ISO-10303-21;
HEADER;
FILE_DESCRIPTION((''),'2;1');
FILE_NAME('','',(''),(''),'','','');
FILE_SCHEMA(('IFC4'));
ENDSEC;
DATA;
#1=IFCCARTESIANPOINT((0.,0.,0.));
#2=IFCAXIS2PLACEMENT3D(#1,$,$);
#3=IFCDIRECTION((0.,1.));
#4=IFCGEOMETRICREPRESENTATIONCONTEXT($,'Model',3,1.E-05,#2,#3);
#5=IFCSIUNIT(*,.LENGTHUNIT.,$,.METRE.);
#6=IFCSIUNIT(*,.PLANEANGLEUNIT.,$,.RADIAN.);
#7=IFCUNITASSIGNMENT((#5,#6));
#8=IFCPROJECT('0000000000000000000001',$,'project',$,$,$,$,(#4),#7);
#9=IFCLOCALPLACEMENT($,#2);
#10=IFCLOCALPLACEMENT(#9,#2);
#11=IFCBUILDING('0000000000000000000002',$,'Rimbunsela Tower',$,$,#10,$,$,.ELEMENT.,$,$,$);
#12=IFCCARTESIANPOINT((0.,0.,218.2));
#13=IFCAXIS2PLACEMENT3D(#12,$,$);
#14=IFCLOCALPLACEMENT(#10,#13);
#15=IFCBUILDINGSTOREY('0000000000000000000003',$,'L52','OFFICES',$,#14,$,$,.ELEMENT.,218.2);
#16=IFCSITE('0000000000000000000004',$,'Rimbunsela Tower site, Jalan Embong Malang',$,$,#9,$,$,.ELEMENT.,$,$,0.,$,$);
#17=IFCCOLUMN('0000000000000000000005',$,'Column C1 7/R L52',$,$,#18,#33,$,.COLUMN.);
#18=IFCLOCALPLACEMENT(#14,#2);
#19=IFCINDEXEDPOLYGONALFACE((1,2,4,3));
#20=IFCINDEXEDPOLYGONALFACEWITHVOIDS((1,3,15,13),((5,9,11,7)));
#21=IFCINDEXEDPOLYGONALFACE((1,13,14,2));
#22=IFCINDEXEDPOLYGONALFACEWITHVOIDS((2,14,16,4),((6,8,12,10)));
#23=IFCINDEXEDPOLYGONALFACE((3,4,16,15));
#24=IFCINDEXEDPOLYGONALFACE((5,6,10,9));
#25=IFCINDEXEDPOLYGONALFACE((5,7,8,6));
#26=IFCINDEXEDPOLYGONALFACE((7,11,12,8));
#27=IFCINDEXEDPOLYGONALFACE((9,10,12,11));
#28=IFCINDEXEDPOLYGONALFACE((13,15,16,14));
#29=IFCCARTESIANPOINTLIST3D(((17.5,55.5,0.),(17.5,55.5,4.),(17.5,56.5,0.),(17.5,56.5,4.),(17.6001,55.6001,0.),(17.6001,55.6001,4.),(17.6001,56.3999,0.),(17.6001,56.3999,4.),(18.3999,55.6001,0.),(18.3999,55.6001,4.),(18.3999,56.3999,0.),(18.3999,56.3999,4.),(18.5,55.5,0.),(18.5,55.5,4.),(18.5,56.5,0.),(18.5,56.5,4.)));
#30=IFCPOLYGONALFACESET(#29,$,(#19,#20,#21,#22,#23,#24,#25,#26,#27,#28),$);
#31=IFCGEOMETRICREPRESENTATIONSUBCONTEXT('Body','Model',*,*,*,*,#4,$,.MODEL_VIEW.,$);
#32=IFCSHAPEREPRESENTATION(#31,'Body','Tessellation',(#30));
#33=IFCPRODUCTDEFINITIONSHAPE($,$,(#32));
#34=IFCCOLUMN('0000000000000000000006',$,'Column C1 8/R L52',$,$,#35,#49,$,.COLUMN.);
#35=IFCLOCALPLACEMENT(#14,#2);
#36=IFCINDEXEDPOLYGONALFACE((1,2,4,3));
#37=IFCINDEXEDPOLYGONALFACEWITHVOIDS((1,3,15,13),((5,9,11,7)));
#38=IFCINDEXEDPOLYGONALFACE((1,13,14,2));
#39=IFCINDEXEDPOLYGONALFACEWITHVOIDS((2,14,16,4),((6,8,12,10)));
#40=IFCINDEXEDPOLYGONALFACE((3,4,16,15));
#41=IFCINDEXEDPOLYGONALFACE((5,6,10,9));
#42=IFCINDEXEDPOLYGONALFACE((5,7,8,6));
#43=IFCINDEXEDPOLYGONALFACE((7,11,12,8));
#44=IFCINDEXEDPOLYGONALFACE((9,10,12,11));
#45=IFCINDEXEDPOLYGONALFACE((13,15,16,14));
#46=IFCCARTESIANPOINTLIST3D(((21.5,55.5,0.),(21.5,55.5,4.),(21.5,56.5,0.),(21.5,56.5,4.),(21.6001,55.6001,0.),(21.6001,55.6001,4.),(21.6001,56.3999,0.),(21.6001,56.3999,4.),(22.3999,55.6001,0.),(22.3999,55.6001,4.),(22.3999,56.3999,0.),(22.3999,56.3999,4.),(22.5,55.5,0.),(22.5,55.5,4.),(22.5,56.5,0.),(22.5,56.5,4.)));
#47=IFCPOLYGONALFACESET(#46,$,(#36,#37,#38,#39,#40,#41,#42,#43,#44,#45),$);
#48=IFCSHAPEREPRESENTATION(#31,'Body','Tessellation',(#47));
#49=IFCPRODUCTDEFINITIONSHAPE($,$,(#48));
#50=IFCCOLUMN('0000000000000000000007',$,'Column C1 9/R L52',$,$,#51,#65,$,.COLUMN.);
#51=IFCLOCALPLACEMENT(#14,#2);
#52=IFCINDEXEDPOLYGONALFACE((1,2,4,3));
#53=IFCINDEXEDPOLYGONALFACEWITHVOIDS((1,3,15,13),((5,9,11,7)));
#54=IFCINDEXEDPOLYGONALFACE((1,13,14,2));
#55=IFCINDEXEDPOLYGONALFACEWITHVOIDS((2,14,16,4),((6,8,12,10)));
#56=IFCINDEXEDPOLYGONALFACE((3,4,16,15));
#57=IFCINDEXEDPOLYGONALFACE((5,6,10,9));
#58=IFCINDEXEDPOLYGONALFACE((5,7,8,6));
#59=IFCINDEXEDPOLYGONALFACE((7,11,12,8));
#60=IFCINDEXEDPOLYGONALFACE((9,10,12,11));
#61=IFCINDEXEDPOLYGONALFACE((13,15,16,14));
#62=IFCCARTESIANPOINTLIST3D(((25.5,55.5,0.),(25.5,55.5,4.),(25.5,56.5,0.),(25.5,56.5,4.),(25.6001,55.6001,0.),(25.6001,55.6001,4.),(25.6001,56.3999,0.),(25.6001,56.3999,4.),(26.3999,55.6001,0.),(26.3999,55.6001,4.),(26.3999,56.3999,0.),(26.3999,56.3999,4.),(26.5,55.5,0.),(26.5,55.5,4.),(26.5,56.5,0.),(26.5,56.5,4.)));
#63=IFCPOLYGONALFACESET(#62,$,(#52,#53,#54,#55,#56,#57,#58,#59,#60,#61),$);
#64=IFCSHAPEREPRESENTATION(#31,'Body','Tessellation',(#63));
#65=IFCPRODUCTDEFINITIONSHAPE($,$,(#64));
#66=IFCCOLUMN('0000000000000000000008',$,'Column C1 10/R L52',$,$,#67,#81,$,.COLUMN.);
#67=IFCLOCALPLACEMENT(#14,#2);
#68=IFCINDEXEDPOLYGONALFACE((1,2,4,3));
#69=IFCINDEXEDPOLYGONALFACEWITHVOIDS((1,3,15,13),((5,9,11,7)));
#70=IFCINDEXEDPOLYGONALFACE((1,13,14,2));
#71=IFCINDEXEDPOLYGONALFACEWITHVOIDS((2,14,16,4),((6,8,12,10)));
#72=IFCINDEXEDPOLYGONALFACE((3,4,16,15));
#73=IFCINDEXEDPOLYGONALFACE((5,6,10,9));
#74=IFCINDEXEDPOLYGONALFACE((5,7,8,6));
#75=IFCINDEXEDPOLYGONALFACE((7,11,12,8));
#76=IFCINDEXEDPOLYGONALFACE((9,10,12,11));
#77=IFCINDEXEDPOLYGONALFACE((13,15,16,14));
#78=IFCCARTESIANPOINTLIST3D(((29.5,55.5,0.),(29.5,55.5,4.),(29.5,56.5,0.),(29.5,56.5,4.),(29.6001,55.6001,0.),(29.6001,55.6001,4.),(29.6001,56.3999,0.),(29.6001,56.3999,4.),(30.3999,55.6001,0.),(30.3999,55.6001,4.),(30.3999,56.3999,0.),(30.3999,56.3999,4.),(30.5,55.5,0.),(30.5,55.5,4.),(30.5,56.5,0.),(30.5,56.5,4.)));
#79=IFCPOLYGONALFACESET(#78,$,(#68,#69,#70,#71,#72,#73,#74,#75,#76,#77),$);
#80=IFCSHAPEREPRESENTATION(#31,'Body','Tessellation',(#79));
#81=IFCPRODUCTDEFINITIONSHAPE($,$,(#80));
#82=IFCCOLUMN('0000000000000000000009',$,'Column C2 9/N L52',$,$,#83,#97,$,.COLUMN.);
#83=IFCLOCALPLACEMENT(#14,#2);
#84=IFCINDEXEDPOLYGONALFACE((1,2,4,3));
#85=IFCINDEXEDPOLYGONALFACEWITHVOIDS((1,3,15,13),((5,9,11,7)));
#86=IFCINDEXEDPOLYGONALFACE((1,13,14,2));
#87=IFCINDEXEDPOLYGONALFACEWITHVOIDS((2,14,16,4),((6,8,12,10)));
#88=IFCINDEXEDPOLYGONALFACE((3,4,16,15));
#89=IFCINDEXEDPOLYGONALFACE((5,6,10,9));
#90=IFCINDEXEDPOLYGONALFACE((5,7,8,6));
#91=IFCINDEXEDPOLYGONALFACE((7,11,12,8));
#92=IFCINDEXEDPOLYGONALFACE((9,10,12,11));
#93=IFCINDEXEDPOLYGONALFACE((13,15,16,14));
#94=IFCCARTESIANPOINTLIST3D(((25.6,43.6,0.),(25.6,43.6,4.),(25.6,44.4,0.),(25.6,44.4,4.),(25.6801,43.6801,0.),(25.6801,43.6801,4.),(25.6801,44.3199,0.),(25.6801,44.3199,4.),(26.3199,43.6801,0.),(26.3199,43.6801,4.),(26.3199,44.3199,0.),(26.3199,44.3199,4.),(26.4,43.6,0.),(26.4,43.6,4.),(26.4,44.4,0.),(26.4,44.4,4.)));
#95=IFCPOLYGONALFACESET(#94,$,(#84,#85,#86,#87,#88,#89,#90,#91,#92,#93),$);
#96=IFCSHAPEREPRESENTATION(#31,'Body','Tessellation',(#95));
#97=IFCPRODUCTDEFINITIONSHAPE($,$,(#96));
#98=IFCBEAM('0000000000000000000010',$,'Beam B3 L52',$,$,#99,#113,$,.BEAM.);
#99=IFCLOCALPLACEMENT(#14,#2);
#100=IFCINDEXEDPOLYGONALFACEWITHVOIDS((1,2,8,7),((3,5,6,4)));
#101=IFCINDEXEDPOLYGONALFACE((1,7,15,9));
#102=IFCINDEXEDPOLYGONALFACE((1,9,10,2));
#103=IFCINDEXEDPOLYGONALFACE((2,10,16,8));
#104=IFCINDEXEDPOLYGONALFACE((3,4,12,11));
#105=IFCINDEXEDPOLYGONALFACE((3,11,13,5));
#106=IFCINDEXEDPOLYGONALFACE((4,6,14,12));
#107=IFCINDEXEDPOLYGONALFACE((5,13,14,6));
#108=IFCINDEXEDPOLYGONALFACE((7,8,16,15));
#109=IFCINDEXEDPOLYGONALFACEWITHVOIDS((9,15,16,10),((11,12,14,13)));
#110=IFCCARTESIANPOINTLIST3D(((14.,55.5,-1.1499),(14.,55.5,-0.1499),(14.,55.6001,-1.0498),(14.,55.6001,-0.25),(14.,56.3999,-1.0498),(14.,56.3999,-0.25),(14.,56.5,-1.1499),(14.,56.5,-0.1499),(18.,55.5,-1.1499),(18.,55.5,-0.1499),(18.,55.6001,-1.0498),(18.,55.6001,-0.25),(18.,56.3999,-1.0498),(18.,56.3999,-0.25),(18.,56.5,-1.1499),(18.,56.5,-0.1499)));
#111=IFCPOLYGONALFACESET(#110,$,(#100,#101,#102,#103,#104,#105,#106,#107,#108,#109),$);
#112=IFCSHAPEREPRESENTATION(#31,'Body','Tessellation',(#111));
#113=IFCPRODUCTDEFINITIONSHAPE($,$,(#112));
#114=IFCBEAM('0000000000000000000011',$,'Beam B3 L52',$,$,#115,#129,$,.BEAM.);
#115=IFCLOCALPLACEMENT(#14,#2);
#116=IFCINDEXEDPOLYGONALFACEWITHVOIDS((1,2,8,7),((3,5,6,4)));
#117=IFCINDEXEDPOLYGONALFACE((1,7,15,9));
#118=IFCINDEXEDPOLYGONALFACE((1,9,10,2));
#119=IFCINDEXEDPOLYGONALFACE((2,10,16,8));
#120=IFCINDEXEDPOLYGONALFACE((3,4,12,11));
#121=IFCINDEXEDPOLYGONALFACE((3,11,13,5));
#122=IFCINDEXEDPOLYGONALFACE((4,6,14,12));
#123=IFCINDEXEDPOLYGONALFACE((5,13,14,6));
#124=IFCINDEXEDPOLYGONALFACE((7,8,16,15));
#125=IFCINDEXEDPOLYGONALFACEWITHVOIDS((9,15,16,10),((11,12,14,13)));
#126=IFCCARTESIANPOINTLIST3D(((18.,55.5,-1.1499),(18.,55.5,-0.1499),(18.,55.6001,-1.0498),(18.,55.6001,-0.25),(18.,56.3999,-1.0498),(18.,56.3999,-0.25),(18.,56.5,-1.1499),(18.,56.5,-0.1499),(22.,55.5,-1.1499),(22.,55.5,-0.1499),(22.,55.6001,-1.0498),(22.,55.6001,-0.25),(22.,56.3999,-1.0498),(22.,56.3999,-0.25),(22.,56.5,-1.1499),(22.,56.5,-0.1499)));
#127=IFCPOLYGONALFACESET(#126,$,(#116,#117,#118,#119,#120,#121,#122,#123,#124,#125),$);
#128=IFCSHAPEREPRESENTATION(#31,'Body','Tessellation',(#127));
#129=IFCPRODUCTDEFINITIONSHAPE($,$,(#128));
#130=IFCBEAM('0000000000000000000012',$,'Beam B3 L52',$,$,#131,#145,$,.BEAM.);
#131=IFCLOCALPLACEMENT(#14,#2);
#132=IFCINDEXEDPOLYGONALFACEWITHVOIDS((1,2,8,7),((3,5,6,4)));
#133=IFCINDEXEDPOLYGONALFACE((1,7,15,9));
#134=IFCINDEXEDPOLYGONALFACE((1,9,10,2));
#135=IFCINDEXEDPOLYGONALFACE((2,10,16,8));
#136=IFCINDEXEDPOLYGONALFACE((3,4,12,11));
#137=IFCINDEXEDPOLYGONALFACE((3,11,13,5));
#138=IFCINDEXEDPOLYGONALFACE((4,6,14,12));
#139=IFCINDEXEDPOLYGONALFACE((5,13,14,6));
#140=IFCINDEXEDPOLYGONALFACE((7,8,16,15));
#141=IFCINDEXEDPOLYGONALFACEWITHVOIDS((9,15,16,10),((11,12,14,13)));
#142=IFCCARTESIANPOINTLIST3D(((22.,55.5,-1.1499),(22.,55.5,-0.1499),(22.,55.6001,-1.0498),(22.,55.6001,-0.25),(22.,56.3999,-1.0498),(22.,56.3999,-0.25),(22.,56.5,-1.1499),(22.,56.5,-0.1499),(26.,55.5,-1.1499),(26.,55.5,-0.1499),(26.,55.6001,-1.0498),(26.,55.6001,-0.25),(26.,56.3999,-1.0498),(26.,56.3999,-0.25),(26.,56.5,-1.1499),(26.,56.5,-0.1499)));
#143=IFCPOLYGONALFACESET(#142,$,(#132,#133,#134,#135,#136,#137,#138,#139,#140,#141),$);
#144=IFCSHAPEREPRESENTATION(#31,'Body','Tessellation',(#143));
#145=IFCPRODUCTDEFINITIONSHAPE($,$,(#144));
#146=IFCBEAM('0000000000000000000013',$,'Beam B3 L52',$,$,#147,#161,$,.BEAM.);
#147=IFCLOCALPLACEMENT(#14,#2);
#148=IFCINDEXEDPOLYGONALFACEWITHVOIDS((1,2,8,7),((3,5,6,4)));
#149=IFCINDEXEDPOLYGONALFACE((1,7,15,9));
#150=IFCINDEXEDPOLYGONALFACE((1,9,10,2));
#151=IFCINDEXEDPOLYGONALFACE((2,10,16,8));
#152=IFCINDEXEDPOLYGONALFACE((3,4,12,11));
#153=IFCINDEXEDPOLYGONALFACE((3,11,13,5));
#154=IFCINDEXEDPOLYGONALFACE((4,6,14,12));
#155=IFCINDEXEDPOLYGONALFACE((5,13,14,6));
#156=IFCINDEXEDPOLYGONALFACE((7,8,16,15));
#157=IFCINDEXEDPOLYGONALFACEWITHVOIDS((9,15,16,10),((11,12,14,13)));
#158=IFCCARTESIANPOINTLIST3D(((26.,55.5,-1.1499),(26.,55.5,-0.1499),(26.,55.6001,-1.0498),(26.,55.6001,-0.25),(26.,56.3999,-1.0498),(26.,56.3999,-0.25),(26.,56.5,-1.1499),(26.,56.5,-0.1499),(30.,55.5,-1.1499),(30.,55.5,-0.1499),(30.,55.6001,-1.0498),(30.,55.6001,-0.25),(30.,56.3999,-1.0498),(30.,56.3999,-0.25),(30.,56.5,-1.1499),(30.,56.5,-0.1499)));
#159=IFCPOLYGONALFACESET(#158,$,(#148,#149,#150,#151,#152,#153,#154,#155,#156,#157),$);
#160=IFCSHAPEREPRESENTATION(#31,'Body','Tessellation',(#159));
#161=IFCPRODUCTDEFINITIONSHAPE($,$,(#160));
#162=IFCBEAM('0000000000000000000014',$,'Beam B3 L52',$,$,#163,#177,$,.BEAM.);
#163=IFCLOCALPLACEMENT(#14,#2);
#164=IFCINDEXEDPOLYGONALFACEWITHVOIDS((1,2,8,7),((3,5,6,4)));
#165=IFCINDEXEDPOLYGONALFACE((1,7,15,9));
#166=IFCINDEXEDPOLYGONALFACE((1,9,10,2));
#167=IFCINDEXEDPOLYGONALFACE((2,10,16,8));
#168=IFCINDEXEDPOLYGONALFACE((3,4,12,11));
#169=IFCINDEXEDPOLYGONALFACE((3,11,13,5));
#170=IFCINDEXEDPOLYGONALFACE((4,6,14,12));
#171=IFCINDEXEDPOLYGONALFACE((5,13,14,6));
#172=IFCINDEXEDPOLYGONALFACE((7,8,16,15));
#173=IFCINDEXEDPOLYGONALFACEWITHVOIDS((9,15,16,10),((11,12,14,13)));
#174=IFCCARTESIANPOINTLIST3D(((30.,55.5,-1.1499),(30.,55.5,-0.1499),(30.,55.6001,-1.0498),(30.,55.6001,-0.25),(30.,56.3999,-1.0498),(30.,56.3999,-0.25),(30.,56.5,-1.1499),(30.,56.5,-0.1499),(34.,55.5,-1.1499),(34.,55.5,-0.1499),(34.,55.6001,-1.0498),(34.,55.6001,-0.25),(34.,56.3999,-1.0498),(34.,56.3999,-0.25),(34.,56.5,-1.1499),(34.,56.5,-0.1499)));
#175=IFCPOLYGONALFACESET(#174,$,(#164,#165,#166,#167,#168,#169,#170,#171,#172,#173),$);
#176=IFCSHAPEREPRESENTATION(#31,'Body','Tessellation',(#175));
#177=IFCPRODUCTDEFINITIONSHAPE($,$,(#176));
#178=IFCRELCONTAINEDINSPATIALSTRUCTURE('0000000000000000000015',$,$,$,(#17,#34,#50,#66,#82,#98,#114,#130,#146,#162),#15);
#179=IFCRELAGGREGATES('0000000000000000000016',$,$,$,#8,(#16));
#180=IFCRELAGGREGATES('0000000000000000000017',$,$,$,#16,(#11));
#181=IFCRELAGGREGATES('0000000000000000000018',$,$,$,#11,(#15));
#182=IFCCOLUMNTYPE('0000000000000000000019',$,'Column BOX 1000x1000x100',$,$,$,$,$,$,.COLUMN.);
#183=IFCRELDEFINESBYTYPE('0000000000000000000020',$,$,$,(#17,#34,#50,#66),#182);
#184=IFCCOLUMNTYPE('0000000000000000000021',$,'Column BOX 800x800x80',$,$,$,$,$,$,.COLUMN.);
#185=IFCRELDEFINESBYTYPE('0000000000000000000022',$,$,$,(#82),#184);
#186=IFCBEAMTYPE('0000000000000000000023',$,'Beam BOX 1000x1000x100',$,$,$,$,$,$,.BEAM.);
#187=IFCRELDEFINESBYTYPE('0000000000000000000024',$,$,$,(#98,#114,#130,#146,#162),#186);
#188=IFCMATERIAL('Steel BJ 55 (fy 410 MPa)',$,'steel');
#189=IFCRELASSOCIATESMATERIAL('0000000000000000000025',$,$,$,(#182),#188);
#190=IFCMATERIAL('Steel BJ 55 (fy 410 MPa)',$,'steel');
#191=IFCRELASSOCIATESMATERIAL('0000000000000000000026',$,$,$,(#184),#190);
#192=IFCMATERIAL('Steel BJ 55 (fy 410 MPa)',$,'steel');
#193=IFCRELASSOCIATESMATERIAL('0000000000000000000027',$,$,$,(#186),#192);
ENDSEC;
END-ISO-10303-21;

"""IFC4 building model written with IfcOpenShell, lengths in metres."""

from ifc_helpers import new_model, si_unit, direction, frame, origin, origin_2d, place, context, subcontext, project, spatial, hollow_rectangle, extrude, material, material_profile, profile_set, type_object, element, save


model = new_model("IFC4")

# Units and contexts
model_context = context("Model", 3, precision=1e-05, world=origin(), true_north=direction((0.0, 1.0)))
body_context = subcontext(model_context, "Body", "Model", "MODEL_VIEW")
ifc_project = project(units=[si_unit("LENGTHUNIT", "METRE"), si_unit("PLANEANGLEUNIT", "RADIAN")], contexts=[model_context])

# Site, building, storey
site_placement = place(None, origin())
site = spatial("IfcSite", under=ifc_project, at=site_placement, Name="Rimbunsela Tower site, Jalan Embong Malang", CompositionType="ELEMENT", RefElevation=0.0)
building_placement = place(site_placement, origin())
building = spatial("IfcBuilding", under=site, at=building_placement, Name="Rimbunsela Tower", CompositionType="ELEMENT")
storey_placement = place(building_placement, frame((0.0, 0.0, 218.2)))
storey = spatial("IfcBuildingStorey", under=building, at=storey_placement, Name="L52", Description="OFFICES", CompositionType="ELEMENT", Elevation=218.2)

# Columns
ifc_material_1 = material(Name="Steel BJ 55 (fy 410 MPa)", Category="steel")
ifc_material_profile_1 = material_profile(ifc_material_1, hollow_rectangle(XDim=1.0, YDim=1.0, WallThickness=0.1001, at=origin_2d()), Name="BOX 1000x1000x100")
ifc_profile_set_1 = profile_set([ifc_material_profile_1], Name="Steel BJ 55 (fy 410 MPa)")
column_type_1 = type_object("IfcColumnType", Name="Column BOX 1000x1000x100", PredefinedType="COLUMN", material=ifc_profile_set_1)
for number, where, z_axis, x_axis, name in (
    (1, (18.0, 56.0, 0.0), (0.0, 0.0, 1.0), (1.0, 0.0, 0.0), "Column C1 7/R L52"),
    (2, (22.0, 56.0, 0.0), (0.0, 0.0, 1.0), (1.0, 0.0, 0.0), "Column C1 8/R L52"),
    (3, (26.0, 56.0, 0.0), (0.0, 0.0, 1.0), (1.0, 0.0, 0.0), "Column C1 9/R L52"),
    (4, (30.0, 56.0, 0.0), (0.0, 0.0, 1.0), (1.0, 0.0, 0.0), "Column C1 10/R L52"),
):
    element("IfcColumn", number, at=place(storey_placement, frame(where, z_axis=z_axis, x_axis=x_axis)), inside=storey, type_object=column_type_1, Name=name, PredefinedType="COLUMN", context=body_context, shape_type="SweptSolid", body=[
        extrude(hollow_rectangle(XDim=1.0, YDim=1.0, WallThickness=0.1001, at=origin_2d()), origin(), (0.0, 0.0, 1.0), 4.0),
    ])
ifc_material_2 = material(Name="Steel BJ 55 (fy 410 MPa)", Category="steel")
ifc_material_profile_2 = material_profile(ifc_material_2, hollow_rectangle(XDim=0.8, YDim=0.8, WallThickness=0.0801, at=origin_2d()), Name="BOX 800x800x80")
ifc_profile_set_2 = profile_set([ifc_material_profile_2], Name="Steel BJ 55 (fy 410 MPa)")
column_type_2 = type_object("IfcColumnType", Name="Column BOX 800x800x80", PredefinedType="COLUMN", material=ifc_profile_set_2)
column_placement = place(storey_placement, frame((26.0, 44.0, 0.0), z_axis=(0.0, 0.0, 1.0), x_axis=(1.0, 0.0, 0.0)))
element("IfcColumn", 5, at=column_placement, inside=storey, type_object=column_type_2, Name="Column C2 9/N L52", PredefinedType="COLUMN", context=body_context, shape_type="SweptSolid", body=[
    extrude(hollow_rectangle(XDim=0.8, YDim=0.8, WallThickness=0.0801, at=origin_2d()), origin(), (0.0, 0.0, 1.0), 4.0),
])

# Beams
ifc_material_3 = material(Name="Steel BJ 55 (fy 410 MPa)", Category="steel")
ifc_material_profile_3 = material_profile(ifc_material_3, hollow_rectangle(XDim=1.0, YDim=1.0, WallThickness=0.1001, at=origin_2d()), Name="BOX 1000x1000x100")
ifc_profile_set_3 = profile_set([ifc_material_profile_3], Name="Steel BJ 55 (fy 410 MPa)")
beam_type_1 = type_object("IfcBeamType", Name="Beam BOX 1000x1000x100", PredefinedType="BEAM", material=ifc_profile_set_3)
for number, where, z_axis, x_axis, name in (
    (6, (14.0, 56.0, -0.6499), (1.0, 0.0, 0.0), (0.0, 1.0, 0.0), "Beam B3 L52"),
    (7, (18.0, 56.0, -0.6499), (1.0, 0.0, 0.0), (0.0, 1.0, 0.0), "Beam B3 L52"),
    (8, (22.0, 56.0, -0.6499), (1.0, 0.0, 0.0), (0.0, 1.0, 0.0), "Beam B3 L52"),
    (9, (26.0, 56.0, -0.6499), (1.0, 0.0, 0.0), (0.0, 1.0, 0.0), "Beam B3 L52"),
    (10, (30.0, 56.0, -0.6499), (1.0, 0.0, 0.0), (0.0, 1.0, 0.0), "Beam B3 L52"),
):
    element("IfcBeam", number, at=place(storey_placement, frame(where, z_axis=z_axis, x_axis=x_axis)), inside=storey, type_object=beam_type_1, Name=name, PredefinedType="BEAM", context=body_context, shape_type="SweptSolid", body=[
        extrude(hollow_rectangle(XDim=1.0, YDim=1.0, WallThickness=0.1001, at=origin_2d()), origin(), (0.0, 0.0, 1.0), 4.0),
    ])

save(model, "model.ifc")
